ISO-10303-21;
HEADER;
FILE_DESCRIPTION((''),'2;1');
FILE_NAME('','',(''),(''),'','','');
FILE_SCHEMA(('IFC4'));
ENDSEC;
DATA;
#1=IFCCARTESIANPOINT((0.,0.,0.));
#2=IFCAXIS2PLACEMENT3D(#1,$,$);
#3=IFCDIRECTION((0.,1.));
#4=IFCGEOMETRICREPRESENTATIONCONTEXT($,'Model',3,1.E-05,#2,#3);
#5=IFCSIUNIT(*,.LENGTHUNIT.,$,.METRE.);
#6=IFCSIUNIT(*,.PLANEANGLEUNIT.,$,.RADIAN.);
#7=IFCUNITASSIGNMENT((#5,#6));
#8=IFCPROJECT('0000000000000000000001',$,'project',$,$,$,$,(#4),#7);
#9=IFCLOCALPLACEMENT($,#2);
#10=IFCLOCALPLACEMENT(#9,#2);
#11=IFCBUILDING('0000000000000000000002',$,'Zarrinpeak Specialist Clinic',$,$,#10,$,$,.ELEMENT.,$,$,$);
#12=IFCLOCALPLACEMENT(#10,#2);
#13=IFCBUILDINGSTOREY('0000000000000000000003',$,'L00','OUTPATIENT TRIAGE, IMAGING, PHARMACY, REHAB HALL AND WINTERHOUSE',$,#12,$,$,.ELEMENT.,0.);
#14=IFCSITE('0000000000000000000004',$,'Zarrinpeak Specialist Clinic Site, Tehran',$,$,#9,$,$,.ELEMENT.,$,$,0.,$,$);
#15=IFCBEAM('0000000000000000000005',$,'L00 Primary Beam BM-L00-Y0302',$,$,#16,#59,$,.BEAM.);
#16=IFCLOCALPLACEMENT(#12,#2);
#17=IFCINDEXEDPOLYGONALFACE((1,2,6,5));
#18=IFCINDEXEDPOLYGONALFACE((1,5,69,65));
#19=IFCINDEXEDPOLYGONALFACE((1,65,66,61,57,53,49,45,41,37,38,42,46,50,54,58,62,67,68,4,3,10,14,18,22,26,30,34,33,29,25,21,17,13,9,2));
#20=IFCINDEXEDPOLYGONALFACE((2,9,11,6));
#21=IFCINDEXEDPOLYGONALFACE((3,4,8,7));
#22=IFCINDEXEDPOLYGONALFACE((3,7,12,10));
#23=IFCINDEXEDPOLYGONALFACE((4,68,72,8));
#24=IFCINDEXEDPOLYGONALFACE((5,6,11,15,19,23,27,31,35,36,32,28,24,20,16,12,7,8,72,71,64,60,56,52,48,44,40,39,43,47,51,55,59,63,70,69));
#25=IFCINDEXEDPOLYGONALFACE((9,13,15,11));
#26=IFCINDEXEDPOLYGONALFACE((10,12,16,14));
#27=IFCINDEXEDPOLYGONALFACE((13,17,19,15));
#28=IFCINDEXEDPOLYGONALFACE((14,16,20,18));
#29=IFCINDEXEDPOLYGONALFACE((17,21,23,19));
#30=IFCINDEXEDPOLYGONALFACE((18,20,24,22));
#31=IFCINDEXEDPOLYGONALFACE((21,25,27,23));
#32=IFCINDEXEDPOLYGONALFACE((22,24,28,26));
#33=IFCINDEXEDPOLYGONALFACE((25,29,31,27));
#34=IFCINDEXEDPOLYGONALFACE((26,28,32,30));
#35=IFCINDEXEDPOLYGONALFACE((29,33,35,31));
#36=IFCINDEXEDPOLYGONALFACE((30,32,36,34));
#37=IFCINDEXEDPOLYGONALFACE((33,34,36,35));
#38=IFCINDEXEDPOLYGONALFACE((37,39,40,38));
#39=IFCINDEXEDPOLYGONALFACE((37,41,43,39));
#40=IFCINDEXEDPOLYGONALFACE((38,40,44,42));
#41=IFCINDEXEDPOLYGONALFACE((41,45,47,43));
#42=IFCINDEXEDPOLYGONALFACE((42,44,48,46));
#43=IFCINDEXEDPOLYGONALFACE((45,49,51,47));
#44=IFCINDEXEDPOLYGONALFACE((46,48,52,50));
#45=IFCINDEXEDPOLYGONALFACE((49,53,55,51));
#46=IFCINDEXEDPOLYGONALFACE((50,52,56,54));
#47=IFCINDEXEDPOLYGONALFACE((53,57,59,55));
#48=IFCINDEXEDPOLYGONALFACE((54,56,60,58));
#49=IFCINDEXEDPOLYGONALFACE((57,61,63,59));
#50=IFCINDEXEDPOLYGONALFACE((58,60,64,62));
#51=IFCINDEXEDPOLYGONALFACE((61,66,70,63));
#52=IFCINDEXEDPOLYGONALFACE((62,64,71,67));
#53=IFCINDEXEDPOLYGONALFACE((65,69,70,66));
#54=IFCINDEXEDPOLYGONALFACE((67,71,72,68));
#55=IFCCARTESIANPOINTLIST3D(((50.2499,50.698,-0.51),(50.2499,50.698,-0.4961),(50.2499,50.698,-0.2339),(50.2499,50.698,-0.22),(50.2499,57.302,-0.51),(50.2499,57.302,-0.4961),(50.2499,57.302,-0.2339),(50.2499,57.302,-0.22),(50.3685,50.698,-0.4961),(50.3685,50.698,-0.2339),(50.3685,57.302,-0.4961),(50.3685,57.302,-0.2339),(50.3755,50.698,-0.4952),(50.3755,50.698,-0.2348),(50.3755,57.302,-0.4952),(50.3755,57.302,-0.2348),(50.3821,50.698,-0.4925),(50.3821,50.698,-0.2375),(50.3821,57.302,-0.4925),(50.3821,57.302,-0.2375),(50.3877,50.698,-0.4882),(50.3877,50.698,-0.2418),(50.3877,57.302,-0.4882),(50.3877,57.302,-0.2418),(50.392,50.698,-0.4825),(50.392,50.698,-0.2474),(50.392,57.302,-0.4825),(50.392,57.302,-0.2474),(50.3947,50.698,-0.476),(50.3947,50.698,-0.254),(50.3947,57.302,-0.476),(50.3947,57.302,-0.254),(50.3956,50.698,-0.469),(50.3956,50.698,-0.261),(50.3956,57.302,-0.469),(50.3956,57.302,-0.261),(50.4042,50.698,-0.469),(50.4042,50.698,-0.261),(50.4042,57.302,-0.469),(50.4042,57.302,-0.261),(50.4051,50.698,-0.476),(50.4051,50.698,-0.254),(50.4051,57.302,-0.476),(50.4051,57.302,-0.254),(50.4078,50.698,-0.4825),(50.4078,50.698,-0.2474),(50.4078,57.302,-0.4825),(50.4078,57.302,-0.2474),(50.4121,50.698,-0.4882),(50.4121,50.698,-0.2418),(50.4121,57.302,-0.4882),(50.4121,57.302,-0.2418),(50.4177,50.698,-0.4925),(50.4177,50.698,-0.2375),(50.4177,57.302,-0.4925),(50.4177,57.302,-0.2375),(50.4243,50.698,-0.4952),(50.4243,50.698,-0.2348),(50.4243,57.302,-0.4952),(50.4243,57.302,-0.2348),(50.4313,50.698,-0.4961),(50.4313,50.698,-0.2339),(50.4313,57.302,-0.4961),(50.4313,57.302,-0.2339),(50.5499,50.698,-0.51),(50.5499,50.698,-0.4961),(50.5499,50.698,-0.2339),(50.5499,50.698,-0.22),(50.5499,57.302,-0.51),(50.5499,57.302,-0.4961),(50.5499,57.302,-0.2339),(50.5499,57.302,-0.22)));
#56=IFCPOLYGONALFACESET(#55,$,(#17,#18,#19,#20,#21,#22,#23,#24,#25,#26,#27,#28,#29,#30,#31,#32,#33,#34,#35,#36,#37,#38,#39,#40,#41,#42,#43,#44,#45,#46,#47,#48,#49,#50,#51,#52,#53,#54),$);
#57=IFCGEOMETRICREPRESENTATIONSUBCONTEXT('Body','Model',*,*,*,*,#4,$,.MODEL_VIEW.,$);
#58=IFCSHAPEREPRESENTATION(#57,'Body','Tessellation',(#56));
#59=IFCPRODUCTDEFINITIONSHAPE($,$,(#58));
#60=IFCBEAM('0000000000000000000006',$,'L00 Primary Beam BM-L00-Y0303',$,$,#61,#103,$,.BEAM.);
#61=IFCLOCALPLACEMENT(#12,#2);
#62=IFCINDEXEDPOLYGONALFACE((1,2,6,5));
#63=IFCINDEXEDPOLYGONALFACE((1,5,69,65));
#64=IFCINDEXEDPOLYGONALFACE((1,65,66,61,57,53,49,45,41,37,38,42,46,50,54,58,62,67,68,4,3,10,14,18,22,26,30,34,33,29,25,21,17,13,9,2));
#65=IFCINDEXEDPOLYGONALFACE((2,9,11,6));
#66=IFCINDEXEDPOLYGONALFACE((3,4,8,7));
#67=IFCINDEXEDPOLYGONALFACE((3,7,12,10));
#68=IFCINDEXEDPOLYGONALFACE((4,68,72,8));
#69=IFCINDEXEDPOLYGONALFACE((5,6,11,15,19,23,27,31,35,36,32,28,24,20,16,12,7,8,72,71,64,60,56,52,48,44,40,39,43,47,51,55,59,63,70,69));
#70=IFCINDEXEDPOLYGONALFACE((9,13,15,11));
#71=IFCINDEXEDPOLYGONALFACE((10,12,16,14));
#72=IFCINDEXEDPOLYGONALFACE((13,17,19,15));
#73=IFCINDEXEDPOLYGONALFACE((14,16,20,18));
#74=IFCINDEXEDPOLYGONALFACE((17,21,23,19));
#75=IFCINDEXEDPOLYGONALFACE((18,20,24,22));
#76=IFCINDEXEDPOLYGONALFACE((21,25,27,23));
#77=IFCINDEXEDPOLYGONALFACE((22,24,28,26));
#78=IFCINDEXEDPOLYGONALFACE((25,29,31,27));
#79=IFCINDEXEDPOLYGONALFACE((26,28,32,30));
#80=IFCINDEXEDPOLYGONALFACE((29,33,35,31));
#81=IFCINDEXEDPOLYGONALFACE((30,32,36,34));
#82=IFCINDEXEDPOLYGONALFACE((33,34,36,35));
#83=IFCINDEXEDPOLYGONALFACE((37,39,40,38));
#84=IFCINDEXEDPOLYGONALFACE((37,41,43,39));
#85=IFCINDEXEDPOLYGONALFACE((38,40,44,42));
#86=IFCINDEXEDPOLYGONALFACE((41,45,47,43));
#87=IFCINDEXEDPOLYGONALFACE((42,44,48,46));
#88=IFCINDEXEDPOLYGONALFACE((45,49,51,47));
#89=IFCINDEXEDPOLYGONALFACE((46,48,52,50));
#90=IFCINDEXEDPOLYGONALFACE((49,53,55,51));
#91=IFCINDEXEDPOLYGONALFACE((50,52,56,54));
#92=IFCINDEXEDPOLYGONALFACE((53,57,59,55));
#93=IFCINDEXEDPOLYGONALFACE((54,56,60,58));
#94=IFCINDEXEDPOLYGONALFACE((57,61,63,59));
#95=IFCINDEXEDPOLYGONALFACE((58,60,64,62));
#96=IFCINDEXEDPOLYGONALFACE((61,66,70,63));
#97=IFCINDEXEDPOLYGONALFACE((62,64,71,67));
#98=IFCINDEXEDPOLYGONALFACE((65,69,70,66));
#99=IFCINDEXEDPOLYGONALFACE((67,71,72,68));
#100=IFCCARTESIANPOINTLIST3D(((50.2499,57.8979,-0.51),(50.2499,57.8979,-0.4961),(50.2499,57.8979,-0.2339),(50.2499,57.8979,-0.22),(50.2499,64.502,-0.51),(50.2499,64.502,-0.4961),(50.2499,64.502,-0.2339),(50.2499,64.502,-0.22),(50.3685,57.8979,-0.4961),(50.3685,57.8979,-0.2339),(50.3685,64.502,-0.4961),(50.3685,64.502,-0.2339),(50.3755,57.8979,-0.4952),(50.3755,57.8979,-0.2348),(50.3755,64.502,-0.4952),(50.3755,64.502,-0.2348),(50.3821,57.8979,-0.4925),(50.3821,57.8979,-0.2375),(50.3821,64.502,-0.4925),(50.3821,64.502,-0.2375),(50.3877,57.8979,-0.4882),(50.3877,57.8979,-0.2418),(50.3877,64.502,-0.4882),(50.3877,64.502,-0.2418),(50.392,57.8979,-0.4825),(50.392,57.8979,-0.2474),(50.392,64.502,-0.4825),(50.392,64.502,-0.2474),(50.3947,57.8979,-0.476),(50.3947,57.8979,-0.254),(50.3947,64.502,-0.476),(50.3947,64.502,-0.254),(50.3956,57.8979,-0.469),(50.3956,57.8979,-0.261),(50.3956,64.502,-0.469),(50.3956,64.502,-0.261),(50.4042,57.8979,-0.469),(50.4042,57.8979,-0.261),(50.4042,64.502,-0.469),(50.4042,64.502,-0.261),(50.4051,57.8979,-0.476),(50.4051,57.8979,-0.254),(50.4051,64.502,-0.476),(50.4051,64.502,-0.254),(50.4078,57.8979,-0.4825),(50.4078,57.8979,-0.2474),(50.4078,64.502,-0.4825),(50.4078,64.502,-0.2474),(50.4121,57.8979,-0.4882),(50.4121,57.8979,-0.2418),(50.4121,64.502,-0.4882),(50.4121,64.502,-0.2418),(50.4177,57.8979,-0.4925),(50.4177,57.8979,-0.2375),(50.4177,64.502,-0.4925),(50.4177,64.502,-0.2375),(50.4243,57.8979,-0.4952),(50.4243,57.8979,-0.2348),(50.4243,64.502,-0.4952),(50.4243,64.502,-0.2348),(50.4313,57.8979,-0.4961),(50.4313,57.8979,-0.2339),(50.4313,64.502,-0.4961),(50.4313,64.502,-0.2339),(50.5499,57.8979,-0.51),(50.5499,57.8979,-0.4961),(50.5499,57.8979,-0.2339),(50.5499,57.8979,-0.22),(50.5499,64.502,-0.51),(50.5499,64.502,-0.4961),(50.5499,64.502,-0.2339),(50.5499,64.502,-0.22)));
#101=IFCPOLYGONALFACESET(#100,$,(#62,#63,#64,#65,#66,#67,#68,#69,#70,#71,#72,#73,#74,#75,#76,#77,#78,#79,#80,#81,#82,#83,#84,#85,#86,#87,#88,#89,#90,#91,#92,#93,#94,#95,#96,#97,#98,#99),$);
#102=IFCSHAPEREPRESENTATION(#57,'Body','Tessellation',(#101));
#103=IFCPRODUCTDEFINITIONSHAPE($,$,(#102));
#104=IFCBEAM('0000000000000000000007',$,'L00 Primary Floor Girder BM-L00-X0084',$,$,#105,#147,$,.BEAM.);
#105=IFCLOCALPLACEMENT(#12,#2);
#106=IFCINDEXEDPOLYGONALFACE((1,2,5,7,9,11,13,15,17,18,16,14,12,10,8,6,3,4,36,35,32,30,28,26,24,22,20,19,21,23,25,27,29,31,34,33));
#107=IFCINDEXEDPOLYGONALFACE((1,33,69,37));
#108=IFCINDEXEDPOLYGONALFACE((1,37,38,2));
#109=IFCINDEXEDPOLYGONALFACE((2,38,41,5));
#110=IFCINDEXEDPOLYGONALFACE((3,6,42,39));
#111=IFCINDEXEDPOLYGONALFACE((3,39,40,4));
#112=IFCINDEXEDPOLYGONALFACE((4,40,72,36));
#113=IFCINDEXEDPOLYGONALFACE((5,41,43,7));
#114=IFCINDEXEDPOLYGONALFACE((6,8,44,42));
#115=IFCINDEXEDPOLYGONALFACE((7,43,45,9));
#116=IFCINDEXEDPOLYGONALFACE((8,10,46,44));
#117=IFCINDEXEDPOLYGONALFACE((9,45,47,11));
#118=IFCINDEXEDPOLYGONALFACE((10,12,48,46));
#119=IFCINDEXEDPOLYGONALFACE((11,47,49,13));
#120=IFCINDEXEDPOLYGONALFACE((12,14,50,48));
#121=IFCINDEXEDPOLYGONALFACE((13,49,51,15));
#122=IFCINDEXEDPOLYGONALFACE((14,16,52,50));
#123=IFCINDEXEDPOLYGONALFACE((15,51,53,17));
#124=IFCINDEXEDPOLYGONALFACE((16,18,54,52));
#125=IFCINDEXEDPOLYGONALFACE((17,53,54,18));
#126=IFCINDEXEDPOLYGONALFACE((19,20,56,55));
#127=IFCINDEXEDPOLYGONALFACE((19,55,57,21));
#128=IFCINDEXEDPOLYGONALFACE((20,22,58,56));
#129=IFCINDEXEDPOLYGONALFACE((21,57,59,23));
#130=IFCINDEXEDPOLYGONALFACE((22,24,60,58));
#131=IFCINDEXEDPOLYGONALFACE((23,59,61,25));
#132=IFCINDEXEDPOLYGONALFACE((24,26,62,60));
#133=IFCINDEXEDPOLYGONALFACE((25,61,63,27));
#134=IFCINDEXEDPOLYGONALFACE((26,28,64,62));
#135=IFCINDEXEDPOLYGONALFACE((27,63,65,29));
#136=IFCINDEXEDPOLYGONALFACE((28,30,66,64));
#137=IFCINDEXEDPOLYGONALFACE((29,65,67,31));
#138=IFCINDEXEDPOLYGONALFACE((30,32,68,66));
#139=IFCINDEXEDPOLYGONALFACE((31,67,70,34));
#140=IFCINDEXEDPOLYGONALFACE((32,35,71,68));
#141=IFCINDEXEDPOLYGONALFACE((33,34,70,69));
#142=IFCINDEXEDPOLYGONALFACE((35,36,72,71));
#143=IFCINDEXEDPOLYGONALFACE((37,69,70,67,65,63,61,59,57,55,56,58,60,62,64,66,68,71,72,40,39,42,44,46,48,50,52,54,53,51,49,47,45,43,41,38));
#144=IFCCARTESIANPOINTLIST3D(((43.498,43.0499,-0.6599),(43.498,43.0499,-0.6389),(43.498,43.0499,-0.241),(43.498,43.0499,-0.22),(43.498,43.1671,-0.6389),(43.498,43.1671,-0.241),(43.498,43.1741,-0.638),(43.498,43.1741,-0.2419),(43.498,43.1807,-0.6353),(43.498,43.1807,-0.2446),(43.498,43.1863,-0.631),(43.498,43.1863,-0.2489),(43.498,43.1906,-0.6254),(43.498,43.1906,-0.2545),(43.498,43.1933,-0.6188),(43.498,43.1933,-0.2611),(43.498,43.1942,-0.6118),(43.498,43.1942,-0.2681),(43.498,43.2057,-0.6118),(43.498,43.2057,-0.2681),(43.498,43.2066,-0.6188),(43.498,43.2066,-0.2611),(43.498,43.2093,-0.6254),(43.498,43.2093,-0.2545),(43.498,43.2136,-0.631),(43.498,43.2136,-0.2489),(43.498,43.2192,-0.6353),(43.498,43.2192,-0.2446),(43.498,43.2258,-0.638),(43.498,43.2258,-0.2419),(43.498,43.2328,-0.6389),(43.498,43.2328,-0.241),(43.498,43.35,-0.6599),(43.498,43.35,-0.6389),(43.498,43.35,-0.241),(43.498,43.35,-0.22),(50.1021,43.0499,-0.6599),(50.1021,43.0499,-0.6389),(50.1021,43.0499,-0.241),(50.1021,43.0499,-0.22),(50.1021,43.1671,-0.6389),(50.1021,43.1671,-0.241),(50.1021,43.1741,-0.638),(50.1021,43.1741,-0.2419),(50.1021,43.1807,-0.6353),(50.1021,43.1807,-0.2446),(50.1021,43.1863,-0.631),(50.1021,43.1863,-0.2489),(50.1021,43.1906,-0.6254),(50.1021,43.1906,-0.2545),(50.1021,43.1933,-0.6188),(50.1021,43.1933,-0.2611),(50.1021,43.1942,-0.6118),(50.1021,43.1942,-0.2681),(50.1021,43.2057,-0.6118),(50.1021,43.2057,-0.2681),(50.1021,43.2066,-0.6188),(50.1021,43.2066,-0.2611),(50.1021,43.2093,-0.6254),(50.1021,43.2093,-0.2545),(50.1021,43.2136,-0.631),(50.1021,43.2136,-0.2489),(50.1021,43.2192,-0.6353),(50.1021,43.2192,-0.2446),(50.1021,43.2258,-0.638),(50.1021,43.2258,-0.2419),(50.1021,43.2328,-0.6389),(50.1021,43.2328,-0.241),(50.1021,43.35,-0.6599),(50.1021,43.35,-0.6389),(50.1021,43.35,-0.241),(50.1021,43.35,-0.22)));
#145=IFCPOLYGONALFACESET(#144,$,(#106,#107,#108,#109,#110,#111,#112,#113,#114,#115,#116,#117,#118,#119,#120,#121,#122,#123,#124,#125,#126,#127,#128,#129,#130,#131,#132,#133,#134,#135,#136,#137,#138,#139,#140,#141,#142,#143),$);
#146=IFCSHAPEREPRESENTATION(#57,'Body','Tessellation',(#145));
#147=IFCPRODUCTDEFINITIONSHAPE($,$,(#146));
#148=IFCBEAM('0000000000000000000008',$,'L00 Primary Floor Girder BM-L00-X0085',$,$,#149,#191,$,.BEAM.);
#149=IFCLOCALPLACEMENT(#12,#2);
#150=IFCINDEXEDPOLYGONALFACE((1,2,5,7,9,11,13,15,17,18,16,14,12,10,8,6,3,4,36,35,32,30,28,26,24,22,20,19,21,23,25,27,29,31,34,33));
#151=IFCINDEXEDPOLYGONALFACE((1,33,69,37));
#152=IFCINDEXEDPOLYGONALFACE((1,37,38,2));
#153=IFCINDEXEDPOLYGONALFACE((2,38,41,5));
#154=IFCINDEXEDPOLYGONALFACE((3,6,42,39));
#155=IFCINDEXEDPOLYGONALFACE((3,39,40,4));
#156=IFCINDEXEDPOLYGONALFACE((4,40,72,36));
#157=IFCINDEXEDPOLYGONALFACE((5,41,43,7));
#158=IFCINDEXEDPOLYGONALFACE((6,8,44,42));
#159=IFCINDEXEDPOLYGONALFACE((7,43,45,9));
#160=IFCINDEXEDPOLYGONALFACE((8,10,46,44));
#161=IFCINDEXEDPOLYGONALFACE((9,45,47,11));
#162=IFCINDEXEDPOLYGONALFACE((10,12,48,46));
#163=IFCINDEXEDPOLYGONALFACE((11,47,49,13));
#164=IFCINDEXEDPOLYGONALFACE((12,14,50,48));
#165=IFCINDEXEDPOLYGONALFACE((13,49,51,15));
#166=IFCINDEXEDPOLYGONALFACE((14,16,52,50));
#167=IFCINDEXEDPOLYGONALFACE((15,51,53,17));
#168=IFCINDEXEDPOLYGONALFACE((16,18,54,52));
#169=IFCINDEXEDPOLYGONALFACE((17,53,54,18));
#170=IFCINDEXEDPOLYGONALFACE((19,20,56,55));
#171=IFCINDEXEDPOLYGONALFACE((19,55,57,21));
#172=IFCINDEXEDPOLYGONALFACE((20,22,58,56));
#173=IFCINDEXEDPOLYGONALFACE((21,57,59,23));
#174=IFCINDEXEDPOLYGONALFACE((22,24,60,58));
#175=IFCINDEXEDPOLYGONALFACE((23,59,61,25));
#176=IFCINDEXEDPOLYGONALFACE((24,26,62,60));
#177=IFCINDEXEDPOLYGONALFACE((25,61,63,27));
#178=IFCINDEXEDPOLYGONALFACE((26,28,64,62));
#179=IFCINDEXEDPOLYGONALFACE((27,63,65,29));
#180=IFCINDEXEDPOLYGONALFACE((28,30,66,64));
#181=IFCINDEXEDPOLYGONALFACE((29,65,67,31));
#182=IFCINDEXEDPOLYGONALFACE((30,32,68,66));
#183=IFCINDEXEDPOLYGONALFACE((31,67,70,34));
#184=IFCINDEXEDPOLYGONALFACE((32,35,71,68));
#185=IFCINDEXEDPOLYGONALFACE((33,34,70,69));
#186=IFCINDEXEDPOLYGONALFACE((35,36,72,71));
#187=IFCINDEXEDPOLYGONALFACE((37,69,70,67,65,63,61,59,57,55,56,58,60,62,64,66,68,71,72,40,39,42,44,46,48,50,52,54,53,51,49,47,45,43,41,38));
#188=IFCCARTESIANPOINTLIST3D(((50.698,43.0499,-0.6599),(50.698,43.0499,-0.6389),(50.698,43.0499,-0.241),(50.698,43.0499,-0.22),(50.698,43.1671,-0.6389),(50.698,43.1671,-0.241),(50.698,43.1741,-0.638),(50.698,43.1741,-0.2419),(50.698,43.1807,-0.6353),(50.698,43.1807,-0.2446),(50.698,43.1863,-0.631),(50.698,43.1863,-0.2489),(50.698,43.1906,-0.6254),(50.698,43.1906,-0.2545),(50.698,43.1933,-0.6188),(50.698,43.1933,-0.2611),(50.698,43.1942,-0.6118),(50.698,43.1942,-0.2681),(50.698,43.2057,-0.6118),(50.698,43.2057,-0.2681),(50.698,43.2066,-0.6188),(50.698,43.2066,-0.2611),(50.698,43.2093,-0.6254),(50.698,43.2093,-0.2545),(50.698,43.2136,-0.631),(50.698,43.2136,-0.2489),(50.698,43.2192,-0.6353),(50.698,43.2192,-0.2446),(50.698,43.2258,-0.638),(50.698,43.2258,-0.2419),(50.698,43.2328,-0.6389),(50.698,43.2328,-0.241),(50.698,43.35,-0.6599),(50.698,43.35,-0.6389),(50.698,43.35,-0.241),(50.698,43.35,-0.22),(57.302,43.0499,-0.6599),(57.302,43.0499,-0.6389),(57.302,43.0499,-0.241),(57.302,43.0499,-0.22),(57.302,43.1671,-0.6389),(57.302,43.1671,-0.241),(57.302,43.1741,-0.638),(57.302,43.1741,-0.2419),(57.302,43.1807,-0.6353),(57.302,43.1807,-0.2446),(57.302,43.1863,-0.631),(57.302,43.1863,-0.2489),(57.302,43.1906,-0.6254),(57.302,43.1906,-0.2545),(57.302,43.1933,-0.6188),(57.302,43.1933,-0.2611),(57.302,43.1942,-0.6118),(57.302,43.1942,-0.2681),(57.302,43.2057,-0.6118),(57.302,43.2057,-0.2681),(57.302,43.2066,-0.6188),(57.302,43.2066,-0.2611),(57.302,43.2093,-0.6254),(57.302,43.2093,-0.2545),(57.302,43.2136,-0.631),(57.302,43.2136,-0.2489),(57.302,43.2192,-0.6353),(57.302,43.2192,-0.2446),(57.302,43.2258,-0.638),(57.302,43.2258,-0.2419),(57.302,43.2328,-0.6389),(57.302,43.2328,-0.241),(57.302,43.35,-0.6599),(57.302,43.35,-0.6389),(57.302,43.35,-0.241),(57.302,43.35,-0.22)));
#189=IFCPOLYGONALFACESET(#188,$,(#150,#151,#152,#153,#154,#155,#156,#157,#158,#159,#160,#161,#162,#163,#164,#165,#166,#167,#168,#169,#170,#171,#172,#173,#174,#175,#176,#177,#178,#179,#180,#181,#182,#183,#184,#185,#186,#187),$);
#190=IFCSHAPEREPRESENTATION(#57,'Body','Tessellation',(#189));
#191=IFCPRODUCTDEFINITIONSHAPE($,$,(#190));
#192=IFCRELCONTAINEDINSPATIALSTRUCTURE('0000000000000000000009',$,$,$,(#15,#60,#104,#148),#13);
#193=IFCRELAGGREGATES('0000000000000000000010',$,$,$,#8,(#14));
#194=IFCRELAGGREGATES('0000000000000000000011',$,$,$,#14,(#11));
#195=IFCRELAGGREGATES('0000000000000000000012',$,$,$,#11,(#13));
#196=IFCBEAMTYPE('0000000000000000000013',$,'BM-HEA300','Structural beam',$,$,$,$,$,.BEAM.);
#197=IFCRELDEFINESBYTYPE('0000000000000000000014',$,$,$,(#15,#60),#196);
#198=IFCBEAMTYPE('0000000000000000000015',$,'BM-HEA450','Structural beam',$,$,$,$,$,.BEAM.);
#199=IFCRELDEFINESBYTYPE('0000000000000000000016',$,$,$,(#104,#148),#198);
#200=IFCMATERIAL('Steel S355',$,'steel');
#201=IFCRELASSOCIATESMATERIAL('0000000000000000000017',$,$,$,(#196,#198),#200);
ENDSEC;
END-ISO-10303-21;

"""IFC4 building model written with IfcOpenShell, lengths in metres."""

from ifc_helpers import new_model, si_unit, direction, frame, origin, origin_2d, place, context, subcontext, project, spatial, i_section, extrude, material, material_profile, profile_set, type_object, element, save


model = new_model("IFC4")

# Units and contexts
model_context = context("Model", 3, precision=1e-05, world=origin(), true_north=direction((0.0, 1.0)))
body_context = subcontext(model_context, "Body", "Model", "MODEL_VIEW")
ifc_project = project(units=[si_unit("LENGTHUNIT", "METRE"), si_unit("PLANEANGLEUNIT", "RADIAN")], contexts=[model_context])

# Site, building, storey
site_placement = place(None, origin())
site = spatial("IfcSite", under=ifc_project, at=site_placement, Name="Zarrinpeak Specialist Clinic Site, Tehran", CompositionType="ELEMENT", RefElevation=0.0)
building_placement = place(site_placement, origin())
building = spatial("IfcBuilding", under=site, at=building_placement, Name="Zarrinpeak Specialist Clinic", CompositionType="ELEMENT")
storey_placement = place(building_placement, origin())
storey = spatial("IfcBuildingStorey", under=building, at=storey_placement, Name="L00", Description="OUTPATIENT TRIAGE, IMAGING, PHARMACY, REHAB HALL AND WINTERHOUSE", CompositionType="ELEMENT", Elevation=0.0)

# Beams
ifc_material = material(Name="Steel S355", Category="steel")
ifc_material_profile_1 = material_profile(ifc_material, i_section(OverallWidth=0.3, OverallDepth=0.29, WebThickness=0.0085, FlangeThickness=0.0139, FilletRadius=0.0271, at=origin_2d()), Name="HEA 300")
ifc_profile_set_1 = profile_set([ifc_material_profile_1], Name="Steel S355")
beam_type_1 = type_object("IfcBeamType", Name="BM-HEA300", Description="Structural beam", PredefinedType="BEAM", material=ifc_profile_set_1)
for number, where, z_axis, x_axis, name in (
    (1, (50.3999, 50.698, -0.365), (0.0, 1.0, 0.0), (-1.0, 0.0, 0.0), "L00 Primary Beam BM-L00-Y0302"),
    (2, (50.3999, 57.8979, -0.365), (0.0, 1.0, 0.0), (-1.0, 0.0, 0.0), "L00 Primary Beam BM-L00-Y0303"),
):
    element("IfcBeam", number, at=place(storey_placement, frame(where, z_axis=z_axis, x_axis=x_axis)), inside=storey, type_object=beam_type_1, Name=name, PredefinedType="BEAM", context=body_context, shape_type="SweptSolid", body=[
        extrude(i_section(OverallWidth=0.3, OverallDepth=0.29, WebThickness=0.0085, FlangeThickness=0.0139, FilletRadius=0.0271, at=origin_2d()), origin(), (0.0, 0.0, 1.0), 6.604),
    ])
ifc_material_profile_2 = material_profile(ifc_material, i_section(OverallWidth=0.3, OverallDepth=0.4399, WebThickness=0.0115, FlangeThickness=0.021, FilletRadius=0.0271, at=origin_2d()), Name="HEA 450")
ifc_profile_set_2 = profile_set([ifc_material_profile_2], Name="Steel S355")
beam_type_2 = type_object("IfcBeamType", Name="BM-HEA450", Description="Structural beam", PredefinedType="BEAM", material=ifc_profile_set_2)
for number, where, z_axis, x_axis, name in (
    (3, (43.498, 43.2, -0.4399), (1.0, 0.0, 0.0), (0.0, 1.0, 0.0), "L00 Primary Floor Girder BM-L00-X0084"),
    (4, (50.698, 43.2, -0.4399), (1.0, 0.0, 0.0), (0.0, 1.0, 0.0), "L00 Primary Floor Girder BM-L00-X0085"),
):
    element("IfcBeam", number, at=place(storey_placement, frame(where, z_axis=z_axis, x_axis=x_axis)), inside=storey, type_object=beam_type_2, Name=name, PredefinedType="BEAM", context=body_context, shape_type="SweptSolid", body=[
        extrude(i_section(OverallWidth=0.3, OverallDepth=0.4399, WebThickness=0.0115, FlangeThickness=0.021, FilletRadius=0.0271, at=origin_2d()), origin(), (0.0, 0.0, 1.0), 6.604),
    ])

save(model, "model.ifc")
